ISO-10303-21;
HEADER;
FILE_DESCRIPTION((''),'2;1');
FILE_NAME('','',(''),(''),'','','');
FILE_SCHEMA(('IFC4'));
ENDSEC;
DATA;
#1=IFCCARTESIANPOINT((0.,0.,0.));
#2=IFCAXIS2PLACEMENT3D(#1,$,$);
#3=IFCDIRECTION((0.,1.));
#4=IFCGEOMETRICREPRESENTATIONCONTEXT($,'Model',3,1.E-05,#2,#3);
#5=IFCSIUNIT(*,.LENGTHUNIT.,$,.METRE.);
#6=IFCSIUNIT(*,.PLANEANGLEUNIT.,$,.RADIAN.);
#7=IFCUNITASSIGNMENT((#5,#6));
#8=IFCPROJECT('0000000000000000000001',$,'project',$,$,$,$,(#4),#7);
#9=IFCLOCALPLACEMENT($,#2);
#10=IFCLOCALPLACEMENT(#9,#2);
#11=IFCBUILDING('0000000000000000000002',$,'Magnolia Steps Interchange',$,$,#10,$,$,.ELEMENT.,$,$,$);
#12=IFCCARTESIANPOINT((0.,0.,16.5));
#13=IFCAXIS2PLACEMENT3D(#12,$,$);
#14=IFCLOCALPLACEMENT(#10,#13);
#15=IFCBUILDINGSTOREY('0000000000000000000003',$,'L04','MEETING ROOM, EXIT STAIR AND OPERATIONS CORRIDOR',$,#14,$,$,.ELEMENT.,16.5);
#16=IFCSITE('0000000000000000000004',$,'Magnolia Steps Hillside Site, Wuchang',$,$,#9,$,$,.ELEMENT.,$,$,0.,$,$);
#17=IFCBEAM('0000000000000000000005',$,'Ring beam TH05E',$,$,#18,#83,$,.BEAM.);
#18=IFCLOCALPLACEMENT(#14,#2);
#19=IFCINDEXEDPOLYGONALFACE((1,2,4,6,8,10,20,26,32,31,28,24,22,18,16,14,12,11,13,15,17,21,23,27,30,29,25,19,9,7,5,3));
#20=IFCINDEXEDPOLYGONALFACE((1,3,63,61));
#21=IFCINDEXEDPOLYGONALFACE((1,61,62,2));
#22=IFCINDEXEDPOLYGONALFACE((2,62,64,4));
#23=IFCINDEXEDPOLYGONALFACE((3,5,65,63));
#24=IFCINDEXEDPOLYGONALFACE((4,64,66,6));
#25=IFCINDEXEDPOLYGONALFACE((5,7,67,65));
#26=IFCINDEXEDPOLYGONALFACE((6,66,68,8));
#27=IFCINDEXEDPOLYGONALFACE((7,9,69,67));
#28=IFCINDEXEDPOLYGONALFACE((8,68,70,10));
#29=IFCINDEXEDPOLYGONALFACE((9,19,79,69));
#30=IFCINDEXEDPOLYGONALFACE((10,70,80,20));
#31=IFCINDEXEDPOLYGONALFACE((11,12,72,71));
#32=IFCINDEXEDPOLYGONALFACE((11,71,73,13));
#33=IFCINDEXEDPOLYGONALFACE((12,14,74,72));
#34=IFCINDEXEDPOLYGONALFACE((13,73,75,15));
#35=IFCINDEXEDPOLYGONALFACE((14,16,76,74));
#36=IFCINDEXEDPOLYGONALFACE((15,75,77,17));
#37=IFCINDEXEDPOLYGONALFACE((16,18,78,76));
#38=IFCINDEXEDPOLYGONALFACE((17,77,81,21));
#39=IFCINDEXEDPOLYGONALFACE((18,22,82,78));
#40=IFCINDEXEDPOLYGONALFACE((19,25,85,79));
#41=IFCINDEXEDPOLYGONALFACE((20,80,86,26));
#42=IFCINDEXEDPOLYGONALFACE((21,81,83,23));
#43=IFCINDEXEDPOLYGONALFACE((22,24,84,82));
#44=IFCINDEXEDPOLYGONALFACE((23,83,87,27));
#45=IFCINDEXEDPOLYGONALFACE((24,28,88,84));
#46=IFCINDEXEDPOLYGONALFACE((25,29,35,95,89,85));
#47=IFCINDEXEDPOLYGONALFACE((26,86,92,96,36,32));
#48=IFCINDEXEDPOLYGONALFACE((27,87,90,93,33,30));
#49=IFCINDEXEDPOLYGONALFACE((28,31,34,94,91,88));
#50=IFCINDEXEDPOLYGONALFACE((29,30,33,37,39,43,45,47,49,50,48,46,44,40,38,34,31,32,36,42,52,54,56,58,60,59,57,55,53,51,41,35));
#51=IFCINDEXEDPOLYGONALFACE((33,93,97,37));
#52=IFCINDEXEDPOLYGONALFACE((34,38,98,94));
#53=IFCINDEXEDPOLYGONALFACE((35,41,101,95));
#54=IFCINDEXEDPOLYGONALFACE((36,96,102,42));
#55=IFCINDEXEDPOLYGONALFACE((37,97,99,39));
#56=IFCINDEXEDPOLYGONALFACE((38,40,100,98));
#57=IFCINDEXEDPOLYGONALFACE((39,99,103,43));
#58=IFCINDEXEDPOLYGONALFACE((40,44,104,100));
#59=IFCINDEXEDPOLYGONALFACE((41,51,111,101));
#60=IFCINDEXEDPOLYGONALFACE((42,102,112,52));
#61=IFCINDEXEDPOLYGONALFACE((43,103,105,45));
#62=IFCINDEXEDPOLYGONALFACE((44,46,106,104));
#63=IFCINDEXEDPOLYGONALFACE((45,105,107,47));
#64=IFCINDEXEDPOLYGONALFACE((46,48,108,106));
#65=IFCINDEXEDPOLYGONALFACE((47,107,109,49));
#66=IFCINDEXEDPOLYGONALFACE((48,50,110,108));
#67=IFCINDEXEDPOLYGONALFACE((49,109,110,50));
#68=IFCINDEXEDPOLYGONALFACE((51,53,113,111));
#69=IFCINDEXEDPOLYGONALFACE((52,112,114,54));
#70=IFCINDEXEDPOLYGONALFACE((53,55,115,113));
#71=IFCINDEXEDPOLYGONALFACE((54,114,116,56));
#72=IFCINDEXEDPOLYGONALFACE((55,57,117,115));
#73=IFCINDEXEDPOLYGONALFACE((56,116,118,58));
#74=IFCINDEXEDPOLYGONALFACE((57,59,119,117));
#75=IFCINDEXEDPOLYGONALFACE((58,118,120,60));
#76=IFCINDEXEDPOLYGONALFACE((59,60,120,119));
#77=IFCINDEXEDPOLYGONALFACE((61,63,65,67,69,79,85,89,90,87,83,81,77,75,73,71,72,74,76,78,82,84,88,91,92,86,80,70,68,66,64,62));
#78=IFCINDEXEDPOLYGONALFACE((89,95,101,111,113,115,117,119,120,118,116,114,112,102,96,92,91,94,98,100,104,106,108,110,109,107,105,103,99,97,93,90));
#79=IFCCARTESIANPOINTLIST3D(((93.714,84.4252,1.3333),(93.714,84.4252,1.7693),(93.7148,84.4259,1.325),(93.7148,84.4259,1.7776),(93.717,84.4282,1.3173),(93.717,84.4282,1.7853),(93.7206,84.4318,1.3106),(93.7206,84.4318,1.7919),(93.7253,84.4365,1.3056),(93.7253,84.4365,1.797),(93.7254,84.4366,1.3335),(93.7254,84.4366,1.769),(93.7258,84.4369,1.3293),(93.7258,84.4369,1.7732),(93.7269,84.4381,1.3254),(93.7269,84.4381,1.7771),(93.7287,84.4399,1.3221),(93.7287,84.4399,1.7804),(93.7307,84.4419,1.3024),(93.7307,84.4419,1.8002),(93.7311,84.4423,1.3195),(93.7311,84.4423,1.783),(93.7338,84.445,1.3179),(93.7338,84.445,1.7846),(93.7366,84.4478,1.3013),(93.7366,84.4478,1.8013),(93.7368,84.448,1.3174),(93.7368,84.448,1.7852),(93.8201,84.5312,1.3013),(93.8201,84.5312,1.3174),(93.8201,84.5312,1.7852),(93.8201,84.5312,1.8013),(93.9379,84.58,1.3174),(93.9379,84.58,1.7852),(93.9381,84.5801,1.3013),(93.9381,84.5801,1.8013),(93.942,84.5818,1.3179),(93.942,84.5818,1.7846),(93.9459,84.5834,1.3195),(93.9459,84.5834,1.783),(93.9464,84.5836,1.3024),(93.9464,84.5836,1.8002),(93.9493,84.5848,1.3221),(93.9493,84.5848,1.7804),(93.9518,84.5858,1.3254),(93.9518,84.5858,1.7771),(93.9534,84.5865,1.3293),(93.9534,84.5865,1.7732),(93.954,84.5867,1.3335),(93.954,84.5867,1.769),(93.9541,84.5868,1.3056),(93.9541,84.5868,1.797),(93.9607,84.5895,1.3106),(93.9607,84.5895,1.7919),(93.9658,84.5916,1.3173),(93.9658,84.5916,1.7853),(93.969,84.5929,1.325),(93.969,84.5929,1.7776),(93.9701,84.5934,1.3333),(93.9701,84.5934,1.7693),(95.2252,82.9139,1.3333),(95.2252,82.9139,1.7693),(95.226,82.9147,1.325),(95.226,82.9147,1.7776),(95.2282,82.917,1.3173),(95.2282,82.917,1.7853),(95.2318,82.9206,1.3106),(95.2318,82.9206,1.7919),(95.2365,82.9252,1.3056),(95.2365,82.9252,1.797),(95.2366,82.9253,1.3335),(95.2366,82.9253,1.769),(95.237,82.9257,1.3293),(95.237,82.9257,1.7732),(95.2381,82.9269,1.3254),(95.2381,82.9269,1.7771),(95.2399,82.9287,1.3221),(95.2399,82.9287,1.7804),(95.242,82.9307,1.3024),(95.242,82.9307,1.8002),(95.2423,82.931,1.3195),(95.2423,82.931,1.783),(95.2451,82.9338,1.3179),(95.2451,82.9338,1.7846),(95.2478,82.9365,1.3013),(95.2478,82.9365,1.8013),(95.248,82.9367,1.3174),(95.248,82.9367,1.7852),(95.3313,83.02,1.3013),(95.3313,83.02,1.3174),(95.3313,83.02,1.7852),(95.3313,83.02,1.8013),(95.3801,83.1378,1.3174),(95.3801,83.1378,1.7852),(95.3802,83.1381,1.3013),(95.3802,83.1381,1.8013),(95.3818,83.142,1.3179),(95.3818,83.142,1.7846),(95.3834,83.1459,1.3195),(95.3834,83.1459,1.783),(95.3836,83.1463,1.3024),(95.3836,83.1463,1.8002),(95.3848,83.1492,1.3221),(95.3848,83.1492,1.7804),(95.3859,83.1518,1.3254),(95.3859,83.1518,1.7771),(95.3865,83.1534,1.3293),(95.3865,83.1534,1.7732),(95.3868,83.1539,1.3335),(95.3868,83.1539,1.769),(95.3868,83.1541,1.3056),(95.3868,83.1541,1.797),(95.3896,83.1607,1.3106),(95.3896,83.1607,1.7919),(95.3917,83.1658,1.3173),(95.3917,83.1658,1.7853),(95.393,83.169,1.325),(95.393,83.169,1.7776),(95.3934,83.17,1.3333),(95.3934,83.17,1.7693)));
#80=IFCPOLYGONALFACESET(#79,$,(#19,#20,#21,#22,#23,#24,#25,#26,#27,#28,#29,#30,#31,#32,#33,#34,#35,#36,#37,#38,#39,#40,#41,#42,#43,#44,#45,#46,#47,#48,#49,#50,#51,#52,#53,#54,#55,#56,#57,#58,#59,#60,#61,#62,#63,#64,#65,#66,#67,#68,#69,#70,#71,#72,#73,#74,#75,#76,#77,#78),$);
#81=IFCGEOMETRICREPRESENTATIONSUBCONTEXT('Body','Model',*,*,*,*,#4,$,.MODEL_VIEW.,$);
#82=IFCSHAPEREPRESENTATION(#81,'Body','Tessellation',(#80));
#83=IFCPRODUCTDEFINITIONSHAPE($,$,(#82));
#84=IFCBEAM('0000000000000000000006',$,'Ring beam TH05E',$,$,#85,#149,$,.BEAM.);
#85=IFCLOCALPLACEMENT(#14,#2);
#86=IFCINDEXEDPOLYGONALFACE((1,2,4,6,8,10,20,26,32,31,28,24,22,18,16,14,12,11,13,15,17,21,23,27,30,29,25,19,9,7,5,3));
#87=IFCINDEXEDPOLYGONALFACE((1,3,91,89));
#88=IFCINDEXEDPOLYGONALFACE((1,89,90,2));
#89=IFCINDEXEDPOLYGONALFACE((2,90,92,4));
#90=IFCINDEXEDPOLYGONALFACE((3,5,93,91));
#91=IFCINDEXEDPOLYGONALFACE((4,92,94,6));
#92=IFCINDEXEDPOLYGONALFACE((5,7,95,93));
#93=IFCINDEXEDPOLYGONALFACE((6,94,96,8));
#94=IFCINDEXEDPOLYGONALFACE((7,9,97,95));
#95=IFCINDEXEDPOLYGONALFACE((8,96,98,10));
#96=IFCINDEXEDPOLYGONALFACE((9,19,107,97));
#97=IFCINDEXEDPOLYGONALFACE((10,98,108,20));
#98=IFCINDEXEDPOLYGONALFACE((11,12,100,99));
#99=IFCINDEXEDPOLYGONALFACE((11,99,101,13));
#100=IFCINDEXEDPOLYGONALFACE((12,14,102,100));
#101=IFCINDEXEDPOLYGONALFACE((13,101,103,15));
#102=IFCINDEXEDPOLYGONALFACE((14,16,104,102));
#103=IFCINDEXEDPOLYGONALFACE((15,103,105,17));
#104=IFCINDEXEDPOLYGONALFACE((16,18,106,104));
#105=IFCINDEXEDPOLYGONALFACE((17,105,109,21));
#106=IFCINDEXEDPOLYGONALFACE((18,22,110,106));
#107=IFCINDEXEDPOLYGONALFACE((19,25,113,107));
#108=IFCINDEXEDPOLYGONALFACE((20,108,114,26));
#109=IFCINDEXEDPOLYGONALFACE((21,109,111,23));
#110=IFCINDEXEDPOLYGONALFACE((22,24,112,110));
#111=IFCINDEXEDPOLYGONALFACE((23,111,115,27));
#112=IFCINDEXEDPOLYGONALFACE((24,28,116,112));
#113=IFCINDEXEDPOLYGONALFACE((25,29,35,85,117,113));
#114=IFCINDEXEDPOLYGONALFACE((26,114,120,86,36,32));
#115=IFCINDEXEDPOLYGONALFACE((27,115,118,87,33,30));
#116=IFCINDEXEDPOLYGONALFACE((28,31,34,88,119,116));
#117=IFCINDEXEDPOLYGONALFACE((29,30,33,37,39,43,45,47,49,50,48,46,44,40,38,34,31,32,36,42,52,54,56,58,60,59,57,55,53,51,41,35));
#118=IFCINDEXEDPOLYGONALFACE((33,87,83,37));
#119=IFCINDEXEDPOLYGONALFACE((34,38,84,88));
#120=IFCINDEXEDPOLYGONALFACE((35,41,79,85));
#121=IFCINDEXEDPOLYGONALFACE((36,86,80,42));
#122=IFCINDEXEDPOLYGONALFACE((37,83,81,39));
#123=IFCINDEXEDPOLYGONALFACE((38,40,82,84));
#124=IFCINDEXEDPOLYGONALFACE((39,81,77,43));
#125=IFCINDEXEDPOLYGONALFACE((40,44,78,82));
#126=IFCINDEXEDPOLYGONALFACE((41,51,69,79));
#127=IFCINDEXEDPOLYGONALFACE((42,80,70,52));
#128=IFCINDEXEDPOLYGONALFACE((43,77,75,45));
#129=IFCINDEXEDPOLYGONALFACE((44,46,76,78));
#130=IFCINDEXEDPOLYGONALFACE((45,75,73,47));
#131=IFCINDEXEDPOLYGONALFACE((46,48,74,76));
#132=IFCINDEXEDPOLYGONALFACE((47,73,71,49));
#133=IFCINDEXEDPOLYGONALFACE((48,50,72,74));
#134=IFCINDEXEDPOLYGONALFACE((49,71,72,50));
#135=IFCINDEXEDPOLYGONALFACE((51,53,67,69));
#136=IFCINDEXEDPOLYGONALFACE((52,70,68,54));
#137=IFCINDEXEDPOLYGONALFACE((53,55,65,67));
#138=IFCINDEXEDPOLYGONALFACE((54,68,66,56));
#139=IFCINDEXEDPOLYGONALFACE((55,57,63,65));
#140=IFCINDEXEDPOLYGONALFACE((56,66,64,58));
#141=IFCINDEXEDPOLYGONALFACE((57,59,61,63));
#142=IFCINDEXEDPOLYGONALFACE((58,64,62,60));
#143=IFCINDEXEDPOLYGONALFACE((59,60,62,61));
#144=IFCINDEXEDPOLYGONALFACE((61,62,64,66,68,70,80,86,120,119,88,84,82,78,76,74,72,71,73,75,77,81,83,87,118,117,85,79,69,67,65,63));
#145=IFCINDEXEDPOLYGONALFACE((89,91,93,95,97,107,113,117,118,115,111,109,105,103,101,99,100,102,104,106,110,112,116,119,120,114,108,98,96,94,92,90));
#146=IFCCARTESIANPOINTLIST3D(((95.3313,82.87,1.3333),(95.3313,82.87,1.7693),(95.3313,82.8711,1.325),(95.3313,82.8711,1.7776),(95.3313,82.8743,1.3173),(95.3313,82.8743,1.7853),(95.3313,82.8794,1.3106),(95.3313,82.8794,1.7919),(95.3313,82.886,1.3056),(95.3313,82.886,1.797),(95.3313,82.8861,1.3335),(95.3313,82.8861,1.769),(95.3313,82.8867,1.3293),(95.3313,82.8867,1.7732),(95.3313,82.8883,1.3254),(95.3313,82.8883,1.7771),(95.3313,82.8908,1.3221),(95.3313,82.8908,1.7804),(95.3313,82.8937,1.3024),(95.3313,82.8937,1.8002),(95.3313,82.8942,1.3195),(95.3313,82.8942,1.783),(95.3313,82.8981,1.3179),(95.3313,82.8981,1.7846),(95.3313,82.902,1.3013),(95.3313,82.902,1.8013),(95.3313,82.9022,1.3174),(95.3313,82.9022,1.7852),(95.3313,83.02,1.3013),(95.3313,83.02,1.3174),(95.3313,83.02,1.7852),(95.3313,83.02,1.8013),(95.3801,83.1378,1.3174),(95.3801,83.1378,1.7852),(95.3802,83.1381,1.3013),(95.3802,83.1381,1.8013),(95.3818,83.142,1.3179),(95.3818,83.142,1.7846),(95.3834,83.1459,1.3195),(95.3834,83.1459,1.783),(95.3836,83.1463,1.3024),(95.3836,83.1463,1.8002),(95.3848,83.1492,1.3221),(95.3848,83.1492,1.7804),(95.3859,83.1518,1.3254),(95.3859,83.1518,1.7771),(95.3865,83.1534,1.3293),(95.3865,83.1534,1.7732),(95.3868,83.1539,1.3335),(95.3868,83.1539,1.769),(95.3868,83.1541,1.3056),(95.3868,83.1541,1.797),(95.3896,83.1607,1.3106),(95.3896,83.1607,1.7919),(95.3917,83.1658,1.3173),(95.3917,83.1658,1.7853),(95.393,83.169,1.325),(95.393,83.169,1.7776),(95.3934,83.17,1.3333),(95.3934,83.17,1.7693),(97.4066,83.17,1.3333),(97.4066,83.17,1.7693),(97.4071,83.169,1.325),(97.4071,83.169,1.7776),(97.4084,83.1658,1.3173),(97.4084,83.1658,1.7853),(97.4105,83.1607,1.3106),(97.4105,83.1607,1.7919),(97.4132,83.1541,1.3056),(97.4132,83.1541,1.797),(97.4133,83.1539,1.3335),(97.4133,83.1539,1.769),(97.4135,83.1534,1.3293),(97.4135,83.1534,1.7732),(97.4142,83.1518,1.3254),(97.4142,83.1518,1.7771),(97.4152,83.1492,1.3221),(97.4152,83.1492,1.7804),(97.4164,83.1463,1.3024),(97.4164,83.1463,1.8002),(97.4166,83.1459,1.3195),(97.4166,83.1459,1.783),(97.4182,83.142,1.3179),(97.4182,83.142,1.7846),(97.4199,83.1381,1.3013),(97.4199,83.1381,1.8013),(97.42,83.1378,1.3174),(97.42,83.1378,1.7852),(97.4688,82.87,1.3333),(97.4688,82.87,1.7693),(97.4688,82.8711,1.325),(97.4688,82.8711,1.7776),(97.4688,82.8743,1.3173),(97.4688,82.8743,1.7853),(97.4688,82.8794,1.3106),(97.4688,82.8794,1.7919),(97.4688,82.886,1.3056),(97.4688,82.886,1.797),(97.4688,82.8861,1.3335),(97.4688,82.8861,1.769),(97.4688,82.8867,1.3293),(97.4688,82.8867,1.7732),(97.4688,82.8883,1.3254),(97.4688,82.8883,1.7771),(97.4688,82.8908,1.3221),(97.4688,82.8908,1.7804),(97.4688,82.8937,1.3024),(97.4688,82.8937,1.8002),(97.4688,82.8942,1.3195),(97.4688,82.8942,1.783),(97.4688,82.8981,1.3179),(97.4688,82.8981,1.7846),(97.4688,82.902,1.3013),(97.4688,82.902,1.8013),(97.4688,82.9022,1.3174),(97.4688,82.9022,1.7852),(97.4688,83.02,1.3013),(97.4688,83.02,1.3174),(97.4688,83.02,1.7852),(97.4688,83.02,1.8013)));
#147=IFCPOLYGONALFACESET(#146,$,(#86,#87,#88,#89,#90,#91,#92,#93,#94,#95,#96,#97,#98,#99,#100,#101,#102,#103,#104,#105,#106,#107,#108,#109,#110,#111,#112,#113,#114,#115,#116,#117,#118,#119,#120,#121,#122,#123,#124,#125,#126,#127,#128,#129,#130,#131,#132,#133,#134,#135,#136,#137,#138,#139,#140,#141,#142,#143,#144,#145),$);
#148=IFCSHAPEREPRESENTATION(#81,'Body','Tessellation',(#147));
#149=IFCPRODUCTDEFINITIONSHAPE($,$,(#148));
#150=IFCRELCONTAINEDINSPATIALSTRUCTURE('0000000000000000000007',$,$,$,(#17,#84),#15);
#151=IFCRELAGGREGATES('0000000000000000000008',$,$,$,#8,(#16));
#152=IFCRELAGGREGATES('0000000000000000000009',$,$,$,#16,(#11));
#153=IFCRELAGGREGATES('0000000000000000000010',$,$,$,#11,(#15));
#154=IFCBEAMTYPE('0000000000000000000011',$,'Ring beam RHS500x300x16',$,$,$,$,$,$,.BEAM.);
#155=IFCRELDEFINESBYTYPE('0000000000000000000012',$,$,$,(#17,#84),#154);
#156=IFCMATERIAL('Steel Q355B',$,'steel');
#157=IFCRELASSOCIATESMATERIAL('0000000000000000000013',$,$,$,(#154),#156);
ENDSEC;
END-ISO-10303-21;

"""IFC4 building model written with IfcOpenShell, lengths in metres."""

from ifc_helpers import new_model, si_unit, direction, frame, origin, origin_2d, place, context, subcontext, project, spatial, hollow_rectangle, extrude, clip, halfspace, material, material_profile, profile_set, type_object, element, save


model = new_model("IFC4")

# Units and contexts
model_context = context("Model", 3, precision=1e-05, world=origin(), true_north=direction((0.0, 1.0)))
body_context = subcontext(model_context, "Body", "Model", "MODEL_VIEW")
ifc_project = project(units=[si_unit("LENGTHUNIT", "METRE"), si_unit("PLANEANGLEUNIT", "RADIAN")], contexts=[model_context])

# Site, building, storey
site_placement = place(None, origin())
site = spatial("IfcSite", under=ifc_project, at=site_placement, Name="Magnolia Steps Hillside Site, Wuchang", CompositionType="ELEMENT", RefElevation=0.0)
building_placement = place(site_placement, origin())
building = spatial("IfcBuilding", under=site, at=building_placement, Name="Magnolia Steps Interchange", CompositionType="ELEMENT")
storey_placement = place(building_placement, frame((0.0, 0.0, 16.5)))
storey = spatial("IfcBuildingStorey", under=building, at=storey_placement, Name="L04", Description="MEETING ROOM, EXIT STAIR AND OPERATIONS CORRIDOR", CompositionType="ELEMENT", Elevation=16.5)

# Beams
ifc_material_1 = material(Name="Steel Q355B", Category="steel")
ifc_material_profile_1 = material_profile(ifc_material_1, hollow_rectangle(XDim=0.3, YDim=0.5, WallThickness=0.0161, InnerFilletRadius=0.0161, OuterFilletRadius=0.032, at=origin_2d()), Name="RHS500x300x16")
ifc_profile_set_1 = profile_set([ifc_material_profile_1], Name="Steel Q355B")
beam_type_1 = type_object("IfcBeamType", Name="Ring beam RHS500x300x16", PredefinedType="BEAM", material=ifc_profile_set_1)
beam_1_placement = place(storey_placement, frame((93.8201, 84.5312, 1.5513), z_axis=(0.707107, -0.707107, 0.0), x_axis=(0.707107, 0.707107, 0.0)))
element("IfcBeam", 1, at=beam_1_placement, inside=storey, type_object=beam_type_1, Name="Ring beam TH05E", PredefinedType="BEAM", context=body_context, shape_type="Clipping", body=[
    clip(clip(extrude(hollow_rectangle(XDim=0.3, YDim=0.5, WallThickness=0.0161, InnerFilletRadius=0.0161, OuterFilletRadius=0.032, at=origin_2d()), origin(), (0.0, 0.0, 1.0), 2.1372), halfspace(frame((0.0, 0.0, 0.0), z_axis=(0.382683, 0.0, -0.92388), x_axis=(0.92388, 0.0, 0.382683)), False)), halfspace(frame((0.0, 0.0, 2.1372), z_axis=(0.382683, 0.0, 0.92388), x_axis=(0.92388, 0.0, -0.382683)), False)),
])
beam_2_placement = place(storey_placement, frame((95.3313, 83.02, 1.5513), z_axis=(1.0, 0.0, 0.0), x_axis=(0.0, 1.0, 0.0)))
element("IfcBeam", 2, at=beam_2_placement, inside=storey, type_object=beam_type_1, Name="Ring beam TH05E", PredefinedType="BEAM", context=body_context, shape_type="Clipping", body=[
    clip(clip(extrude(hollow_rectangle(XDim=0.3, YDim=0.5, WallThickness=0.0161, InnerFilletRadius=0.0161, OuterFilletRadius=0.032, at=origin_2d()), origin(), (0.0, 0.0, 1.0), 2.1375), halfspace(frame((0.0, 0.0, 0.0), z_axis=(0.382683, 0.0, -0.92388), x_axis=(0.92388, 0.0, 0.382683)), False)), halfspace(frame((0.0, 0.0, 2.1375), z_axis=(0.382683, 0.0, 0.92388), x_axis=(0.92388, 0.0, -0.382683)), False)),
])

save(model, "model.ifc")
